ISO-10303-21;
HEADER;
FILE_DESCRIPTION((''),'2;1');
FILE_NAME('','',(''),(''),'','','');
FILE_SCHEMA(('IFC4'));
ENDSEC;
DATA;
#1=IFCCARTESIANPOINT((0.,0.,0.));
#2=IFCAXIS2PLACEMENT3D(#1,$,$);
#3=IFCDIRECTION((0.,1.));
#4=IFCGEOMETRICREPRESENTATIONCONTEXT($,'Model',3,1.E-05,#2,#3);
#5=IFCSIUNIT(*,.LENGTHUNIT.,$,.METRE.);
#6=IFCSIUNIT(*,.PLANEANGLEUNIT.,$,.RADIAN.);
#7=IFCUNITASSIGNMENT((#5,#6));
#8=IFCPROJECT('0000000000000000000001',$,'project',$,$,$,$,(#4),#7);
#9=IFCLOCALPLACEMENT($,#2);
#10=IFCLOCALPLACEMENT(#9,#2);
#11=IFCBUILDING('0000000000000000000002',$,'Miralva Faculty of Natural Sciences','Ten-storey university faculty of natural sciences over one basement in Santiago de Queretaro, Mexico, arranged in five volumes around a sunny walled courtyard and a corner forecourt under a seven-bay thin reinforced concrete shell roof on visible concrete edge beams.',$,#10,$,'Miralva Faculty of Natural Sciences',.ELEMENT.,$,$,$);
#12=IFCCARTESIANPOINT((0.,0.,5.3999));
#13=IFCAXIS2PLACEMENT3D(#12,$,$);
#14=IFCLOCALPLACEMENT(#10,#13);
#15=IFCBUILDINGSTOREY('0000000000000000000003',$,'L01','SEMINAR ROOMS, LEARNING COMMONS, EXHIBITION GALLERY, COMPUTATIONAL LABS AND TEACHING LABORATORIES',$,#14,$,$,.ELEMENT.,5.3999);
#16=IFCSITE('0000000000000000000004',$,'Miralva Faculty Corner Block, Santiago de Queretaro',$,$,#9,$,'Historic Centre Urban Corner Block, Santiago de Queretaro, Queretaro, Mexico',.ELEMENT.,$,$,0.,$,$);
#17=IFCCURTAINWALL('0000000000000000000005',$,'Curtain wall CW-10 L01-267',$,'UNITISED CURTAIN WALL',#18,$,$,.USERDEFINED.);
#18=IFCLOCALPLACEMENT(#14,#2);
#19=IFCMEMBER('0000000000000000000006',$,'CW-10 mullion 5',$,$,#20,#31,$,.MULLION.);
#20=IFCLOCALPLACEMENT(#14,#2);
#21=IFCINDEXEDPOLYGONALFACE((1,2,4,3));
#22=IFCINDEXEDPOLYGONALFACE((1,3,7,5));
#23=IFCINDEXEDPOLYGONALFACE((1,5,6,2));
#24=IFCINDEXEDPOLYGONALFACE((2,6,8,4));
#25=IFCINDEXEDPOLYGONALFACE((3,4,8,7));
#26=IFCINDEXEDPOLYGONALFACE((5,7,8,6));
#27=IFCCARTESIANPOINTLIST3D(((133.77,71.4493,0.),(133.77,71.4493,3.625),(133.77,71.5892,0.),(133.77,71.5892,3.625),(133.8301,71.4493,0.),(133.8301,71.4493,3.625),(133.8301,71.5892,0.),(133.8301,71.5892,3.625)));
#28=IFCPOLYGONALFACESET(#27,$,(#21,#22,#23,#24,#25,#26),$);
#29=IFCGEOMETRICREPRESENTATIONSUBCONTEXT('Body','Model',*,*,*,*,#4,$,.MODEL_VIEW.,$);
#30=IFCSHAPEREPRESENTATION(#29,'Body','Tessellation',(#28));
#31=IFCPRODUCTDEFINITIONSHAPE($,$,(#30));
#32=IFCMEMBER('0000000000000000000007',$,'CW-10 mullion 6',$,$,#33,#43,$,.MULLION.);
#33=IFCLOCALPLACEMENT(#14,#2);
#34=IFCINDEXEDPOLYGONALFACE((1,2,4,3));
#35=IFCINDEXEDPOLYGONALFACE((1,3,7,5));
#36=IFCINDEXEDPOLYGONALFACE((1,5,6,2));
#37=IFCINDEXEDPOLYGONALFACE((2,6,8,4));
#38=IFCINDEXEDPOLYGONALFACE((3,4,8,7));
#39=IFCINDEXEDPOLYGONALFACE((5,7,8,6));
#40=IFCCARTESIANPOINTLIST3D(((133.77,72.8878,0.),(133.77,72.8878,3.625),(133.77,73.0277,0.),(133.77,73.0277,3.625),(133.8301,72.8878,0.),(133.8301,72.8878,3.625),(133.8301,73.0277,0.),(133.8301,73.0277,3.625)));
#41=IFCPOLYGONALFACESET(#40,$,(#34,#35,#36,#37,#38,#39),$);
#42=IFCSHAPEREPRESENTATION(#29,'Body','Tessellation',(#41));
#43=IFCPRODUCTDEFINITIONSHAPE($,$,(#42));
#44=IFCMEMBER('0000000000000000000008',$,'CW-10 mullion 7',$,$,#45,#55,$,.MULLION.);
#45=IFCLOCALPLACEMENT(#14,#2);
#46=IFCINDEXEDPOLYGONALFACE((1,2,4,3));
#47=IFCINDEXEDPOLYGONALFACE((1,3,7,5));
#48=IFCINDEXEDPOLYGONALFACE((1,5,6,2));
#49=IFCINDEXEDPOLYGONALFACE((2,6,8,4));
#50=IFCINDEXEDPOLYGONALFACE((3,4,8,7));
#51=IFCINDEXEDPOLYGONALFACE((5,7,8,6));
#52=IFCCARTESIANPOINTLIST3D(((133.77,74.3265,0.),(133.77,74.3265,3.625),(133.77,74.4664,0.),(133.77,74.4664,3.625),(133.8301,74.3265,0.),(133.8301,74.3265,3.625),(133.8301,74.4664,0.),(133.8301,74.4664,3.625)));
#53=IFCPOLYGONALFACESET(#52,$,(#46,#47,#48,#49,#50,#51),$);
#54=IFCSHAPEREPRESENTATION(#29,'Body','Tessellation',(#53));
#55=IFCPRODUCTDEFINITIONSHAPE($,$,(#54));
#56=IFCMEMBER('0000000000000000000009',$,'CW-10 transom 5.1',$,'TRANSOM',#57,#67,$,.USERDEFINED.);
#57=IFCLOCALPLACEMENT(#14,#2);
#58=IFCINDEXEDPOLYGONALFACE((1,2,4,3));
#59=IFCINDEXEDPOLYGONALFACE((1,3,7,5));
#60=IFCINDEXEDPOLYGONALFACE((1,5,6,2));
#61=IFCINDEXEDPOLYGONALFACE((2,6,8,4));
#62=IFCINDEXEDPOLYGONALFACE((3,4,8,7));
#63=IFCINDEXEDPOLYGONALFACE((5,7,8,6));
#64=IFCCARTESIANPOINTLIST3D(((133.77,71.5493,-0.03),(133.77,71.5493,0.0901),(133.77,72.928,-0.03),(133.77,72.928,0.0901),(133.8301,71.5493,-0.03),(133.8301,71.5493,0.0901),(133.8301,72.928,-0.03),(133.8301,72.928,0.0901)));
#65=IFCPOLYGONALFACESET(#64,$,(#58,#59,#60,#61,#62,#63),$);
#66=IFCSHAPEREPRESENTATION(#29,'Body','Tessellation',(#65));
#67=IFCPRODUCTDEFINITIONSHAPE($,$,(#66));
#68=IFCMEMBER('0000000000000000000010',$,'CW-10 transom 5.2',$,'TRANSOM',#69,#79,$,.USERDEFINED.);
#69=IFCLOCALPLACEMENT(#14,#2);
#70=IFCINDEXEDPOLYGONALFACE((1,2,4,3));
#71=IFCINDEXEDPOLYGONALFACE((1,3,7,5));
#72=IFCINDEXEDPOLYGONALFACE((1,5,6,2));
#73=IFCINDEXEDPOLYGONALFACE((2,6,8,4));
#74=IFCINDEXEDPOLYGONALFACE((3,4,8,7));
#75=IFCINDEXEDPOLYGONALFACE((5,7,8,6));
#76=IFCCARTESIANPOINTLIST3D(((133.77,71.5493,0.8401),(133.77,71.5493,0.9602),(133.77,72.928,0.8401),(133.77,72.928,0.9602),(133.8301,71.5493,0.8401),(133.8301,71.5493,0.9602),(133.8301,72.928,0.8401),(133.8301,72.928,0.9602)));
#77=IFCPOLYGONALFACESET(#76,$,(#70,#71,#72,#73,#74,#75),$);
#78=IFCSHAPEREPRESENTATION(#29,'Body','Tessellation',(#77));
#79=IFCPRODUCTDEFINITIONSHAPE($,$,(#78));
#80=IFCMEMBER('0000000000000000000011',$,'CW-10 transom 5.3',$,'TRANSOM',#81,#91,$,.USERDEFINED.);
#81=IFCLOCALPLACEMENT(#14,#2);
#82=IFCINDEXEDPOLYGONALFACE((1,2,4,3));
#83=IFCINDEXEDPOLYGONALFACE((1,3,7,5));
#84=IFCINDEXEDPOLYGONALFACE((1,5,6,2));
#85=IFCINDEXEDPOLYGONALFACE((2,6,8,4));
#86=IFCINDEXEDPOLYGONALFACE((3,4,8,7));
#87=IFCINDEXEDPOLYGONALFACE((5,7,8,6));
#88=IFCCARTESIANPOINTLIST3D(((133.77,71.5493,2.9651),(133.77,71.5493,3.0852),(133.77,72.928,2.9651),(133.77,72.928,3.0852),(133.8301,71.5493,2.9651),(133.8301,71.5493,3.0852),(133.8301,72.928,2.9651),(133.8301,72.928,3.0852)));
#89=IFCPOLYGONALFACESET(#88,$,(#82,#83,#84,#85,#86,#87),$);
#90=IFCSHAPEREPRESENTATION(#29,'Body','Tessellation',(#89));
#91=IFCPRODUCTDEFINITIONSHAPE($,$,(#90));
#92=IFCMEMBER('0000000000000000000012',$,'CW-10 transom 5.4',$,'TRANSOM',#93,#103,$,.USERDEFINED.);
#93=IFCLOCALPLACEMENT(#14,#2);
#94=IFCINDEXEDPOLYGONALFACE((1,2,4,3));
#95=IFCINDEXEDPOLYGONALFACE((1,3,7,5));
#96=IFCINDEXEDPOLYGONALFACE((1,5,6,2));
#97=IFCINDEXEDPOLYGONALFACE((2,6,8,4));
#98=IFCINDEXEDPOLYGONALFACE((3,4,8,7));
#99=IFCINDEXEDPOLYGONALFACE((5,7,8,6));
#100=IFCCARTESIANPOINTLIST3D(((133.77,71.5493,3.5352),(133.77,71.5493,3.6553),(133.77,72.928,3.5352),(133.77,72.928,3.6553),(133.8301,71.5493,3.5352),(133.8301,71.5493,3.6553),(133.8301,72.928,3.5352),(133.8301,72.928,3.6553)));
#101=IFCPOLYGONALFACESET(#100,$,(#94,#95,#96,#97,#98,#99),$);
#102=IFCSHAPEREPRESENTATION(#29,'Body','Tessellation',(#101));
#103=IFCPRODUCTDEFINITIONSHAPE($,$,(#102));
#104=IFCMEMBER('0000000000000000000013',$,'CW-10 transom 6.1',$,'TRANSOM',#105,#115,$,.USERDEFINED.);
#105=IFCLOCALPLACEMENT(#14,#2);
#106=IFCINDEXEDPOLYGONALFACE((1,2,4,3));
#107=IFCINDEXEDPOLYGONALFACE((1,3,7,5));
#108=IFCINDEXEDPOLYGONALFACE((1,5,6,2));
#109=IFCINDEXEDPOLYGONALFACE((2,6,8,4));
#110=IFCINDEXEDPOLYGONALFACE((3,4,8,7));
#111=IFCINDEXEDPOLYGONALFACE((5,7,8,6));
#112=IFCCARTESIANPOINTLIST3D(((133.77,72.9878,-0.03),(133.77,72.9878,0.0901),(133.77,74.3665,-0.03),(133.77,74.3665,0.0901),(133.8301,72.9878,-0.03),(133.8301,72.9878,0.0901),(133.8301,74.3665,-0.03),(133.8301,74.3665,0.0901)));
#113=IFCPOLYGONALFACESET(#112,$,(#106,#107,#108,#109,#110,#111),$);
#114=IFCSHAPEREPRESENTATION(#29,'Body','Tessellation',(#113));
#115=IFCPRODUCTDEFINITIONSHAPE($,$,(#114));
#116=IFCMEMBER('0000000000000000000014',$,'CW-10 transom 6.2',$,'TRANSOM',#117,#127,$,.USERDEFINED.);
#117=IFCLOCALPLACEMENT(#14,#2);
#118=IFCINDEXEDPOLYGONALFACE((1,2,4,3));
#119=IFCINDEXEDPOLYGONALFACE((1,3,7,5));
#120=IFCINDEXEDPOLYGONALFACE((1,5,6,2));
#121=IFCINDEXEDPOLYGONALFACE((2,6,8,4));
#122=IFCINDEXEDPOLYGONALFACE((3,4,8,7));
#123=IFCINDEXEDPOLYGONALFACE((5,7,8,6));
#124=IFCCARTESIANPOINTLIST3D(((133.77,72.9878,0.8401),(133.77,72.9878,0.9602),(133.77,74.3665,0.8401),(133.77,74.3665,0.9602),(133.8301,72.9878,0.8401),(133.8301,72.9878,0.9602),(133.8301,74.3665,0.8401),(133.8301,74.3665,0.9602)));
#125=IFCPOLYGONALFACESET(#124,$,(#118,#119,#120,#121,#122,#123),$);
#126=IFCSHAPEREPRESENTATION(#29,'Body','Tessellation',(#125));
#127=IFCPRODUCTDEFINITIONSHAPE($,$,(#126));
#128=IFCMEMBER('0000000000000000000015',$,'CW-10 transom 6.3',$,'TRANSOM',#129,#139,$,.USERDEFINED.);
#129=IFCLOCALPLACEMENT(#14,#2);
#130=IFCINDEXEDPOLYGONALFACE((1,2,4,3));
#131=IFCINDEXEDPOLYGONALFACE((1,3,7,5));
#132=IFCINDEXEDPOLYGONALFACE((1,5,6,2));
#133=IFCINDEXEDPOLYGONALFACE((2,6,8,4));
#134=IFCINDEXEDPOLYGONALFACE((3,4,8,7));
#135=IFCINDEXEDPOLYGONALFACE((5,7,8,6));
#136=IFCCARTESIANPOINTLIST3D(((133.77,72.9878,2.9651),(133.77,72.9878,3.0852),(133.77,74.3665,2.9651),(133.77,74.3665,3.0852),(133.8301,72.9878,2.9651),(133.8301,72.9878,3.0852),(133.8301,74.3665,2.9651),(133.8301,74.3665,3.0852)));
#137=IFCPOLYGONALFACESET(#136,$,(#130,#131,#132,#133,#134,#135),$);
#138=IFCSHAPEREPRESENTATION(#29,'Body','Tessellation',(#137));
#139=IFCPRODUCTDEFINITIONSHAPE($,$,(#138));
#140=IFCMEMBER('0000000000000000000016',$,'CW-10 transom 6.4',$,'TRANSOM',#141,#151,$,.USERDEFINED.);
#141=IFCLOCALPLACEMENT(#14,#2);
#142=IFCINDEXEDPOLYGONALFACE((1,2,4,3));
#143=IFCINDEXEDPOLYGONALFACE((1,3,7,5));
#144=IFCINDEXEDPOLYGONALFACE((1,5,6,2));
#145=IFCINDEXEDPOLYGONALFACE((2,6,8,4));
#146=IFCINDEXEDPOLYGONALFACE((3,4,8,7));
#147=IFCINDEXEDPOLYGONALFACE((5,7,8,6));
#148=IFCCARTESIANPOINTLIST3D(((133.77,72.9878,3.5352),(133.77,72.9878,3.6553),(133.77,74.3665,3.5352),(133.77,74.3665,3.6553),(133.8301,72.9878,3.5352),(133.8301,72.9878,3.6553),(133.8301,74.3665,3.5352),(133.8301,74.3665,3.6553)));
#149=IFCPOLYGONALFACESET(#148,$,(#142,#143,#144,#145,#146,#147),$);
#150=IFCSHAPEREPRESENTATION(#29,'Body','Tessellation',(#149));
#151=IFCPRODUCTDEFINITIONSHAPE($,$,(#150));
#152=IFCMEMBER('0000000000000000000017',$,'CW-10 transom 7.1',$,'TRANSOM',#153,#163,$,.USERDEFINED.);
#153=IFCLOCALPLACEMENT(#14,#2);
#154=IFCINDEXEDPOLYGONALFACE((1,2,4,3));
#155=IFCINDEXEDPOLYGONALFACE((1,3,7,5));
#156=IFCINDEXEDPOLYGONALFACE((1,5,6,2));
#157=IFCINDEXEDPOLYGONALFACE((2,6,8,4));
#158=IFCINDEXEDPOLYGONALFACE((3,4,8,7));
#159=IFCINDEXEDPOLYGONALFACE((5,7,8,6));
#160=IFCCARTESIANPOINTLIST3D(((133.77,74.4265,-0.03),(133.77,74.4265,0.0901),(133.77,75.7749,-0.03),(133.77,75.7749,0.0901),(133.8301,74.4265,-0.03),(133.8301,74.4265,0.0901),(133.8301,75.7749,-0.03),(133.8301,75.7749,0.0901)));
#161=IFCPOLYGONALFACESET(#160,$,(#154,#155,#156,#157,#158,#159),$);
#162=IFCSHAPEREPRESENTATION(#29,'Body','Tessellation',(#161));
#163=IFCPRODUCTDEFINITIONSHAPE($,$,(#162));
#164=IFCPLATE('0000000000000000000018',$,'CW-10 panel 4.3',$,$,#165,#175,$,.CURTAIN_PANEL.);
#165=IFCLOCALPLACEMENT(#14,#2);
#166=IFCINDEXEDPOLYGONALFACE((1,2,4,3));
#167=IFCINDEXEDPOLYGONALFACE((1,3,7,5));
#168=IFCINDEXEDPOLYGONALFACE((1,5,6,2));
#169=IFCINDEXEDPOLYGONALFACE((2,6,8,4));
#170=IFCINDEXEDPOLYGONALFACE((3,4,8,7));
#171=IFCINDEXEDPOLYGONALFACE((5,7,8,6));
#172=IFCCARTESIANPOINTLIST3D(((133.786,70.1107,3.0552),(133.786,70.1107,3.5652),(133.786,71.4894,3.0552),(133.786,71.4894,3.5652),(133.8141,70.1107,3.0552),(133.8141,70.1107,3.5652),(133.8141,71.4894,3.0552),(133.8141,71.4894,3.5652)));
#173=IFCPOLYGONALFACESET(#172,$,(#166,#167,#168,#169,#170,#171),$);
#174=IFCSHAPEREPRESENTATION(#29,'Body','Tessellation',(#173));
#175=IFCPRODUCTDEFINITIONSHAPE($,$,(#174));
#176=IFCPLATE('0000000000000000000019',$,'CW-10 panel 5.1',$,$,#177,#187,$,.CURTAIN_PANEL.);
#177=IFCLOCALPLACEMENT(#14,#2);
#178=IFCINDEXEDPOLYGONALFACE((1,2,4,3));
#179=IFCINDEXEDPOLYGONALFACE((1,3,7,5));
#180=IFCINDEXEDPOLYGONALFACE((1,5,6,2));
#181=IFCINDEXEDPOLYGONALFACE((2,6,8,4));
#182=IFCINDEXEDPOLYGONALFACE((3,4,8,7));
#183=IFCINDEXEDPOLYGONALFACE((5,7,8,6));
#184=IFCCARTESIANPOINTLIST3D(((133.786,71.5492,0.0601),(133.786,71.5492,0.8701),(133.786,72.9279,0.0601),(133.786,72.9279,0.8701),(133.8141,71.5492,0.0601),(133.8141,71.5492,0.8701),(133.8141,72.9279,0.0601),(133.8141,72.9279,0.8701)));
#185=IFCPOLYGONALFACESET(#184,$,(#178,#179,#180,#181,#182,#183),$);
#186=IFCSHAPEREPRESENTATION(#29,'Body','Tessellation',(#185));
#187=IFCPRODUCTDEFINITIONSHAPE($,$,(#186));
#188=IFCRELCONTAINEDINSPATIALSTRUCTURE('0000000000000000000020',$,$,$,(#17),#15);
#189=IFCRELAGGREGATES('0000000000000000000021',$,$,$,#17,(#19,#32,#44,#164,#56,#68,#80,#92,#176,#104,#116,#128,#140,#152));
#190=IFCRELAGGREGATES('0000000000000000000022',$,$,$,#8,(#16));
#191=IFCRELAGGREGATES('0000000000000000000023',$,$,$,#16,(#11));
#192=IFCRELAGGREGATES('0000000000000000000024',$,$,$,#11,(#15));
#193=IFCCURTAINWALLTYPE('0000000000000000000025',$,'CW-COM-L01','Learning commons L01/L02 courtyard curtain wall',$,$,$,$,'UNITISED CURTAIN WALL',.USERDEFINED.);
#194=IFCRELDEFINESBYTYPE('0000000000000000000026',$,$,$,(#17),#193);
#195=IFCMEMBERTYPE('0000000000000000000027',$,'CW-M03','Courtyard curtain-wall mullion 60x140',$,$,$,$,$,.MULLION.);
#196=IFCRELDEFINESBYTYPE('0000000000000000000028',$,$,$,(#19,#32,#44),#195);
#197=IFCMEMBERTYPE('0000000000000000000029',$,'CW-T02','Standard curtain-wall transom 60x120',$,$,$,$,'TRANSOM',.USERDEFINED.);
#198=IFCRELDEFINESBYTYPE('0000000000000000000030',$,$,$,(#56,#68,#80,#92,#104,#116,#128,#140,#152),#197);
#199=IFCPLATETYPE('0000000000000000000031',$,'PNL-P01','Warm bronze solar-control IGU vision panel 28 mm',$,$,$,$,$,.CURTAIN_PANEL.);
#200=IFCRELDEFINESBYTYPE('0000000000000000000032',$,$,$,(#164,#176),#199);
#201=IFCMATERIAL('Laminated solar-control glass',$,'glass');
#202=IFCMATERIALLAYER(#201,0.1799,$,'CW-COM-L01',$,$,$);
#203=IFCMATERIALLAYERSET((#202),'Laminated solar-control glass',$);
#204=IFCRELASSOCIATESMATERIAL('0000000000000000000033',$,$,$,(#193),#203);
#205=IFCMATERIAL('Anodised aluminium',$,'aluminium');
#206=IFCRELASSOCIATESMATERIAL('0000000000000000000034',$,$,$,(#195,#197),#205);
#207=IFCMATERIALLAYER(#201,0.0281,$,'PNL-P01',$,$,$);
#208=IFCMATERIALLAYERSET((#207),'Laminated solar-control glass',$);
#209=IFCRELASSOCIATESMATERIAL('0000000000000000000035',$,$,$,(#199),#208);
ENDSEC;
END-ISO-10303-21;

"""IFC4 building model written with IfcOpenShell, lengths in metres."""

from ifc_helpers import new_model, si_unit, direction, frame, origin, origin_2d, place, context, subcontext, project, spatial, rectangle, extrude, material, layer, layer_set, material_profile, profile_set, type_object, element, aggregate, save


model = new_model("IFC4")

# Units and contexts
model_context = context("Model", 3, precision=1e-05, world=origin(), true_north=direction((0.0, 1.0)))
body_context = subcontext(model_context, "Body", "Model", "MODEL_VIEW")
ifc_project = project(units=[si_unit("LENGTHUNIT", "METRE"), si_unit("PLANEANGLEUNIT", "RADIAN")], contexts=[model_context])

# Site, building, storey
site_placement = place(None, origin())
site = spatial("IfcSite", under=ifc_project, at=site_placement, Name="Miralva Faculty Corner Block, Santiago de Queretaro", LongName="Historic Centre Urban Corner Block, Santiago de Queretaro, Queretaro, Mexico", CompositionType="ELEMENT", RefElevation=0.0)
building_placement = place(site_placement, origin())
building = spatial("IfcBuilding", under=site, at=building_placement, Name="Miralva Faculty of Natural Sciences", Description="Ten-storey university faculty of natural sciences over one basement in Santiago de Queretaro, Mexico, arranged in five volumes around a sunny walled courtyard and a corner forecourt under a seven-bay thin reinforced concrete shell roof on visible concrete edge beams.", LongName="Miralva Faculty of Natural Sciences", CompositionType="ELEMENT")
storey_placement = place(building_placement, frame((0.0, 0.0, 5.3999)))
storey = spatial("IfcBuildingStorey", under=building, at=storey_placement, Name="L01", Description="SEMINAR ROOMS, LEARNING COMMONS, EXHIBITION GALLERY, COMPUTATIONAL LABS AND TEACHING LABORATORIES", CompositionType="ELEMENT", Elevation=5.3999)

# Curtain wall, members, plates
ifc_material_1 = material(Name="Laminated solar-control glass", Category="glass")
ifc_layer_1 = layer(ifc_material_1, 0.1799, Name="CW-COM-L01")
ifc_layer_set_1 = layer_set([ifc_layer_1], Name="Laminated solar-control glass")
curtain_wall_type = type_object("IfcCurtainWallType", Name="CW-COM-L01", Description="Learning commons L01/L02 courtyard curtain wall", ElementType="UNITISED CURTAIN WALL", PredefinedType="USERDEFINED", material=ifc_layer_set_1)
curtain_wall_placement = place(storey_placement, origin())
curtain_wall = element("IfcCurtainWall", 1, at=curtain_wall_placement, inside=storey, type_object=curtain_wall_type, Name="Curtain wall CW-10 L01-267", ObjectType="UNITISED CURTAIN WALL", PredefinedType="USERDEFINED")
ifc_material_2 = material(Name="Anodised aluminium", Category="aluminium")
ifc_material_profile_1 = material_profile(ifc_material_2, rectangle(XDim=0.0601, YDim=0.1399, at=origin_2d()), Name="MULLION 60x140")
ifc_profile_set_1 = profile_set([ifc_material_profile_1], Name="Anodised aluminium")
member_type_1 = type_object("IfcMemberType", Name="CW-M03", Description="Courtyard curtain-wall mullion 60x140", PredefinedType="MULLION", material=ifc_profile_set_1)
member_1_placement = place(storey_placement, frame((133.8, 71.5193, 0.0), z_axis=(0.0, 0.0, 1.0), x_axis=(-1.0, 0.0, 0.0)))
member_1 = element("IfcMember", 2, at=member_1_placement, type_object=member_type_1, Name="CW-10 mullion 5", PredefinedType="MULLION", context=body_context, shape_type="SweptSolid", body=[
    extrude(rectangle(XDim=0.0601, YDim=0.1399, at=origin_2d()), origin(), (0.0, 0.0, 1.0), 3.625),
])
member_2_placement = place(storey_placement, frame((133.8, 72.9578, 0.0), z_axis=(0.0, 0.0, 1.0), x_axis=(-1.0, 0.0, 0.0)))
member_2 = element("IfcMember", 3, at=member_2_placement, type_object=member_type_1, Name="CW-10 mullion 6", PredefinedType="MULLION", context=body_context, shape_type="SweptSolid", body=[
    extrude(rectangle(XDim=0.0601, YDim=0.1399, at=origin_2d()), origin(), (0.0, 0.0, 1.0), 3.625),
])
member_3_placement = place(storey_placement, frame((133.8, 74.3965, 0.0), z_axis=(0.0, 0.0, 1.0), x_axis=(-1.0, 0.0, 0.0)))
member_3 = element("IfcMember", 4, at=member_3_placement, type_object=member_type_1, Name="CW-10 mullion 7", PredefinedType="MULLION", context=body_context, shape_type="SweptSolid", body=[
    extrude(rectangle(XDim=0.0601, YDim=0.1399, at=origin_2d()), origin(), (0.0, 0.0, 1.0), 3.625),
])
ifc_material_profile_2 = material_profile(ifc_material_2, rectangle(XDim=0.0601, YDim=0.1201, at=origin_2d()), Name="TRANSOM 60x120")
ifc_profile_set_2 = profile_set([ifc_material_profile_2], Name="Anodised aluminium")
member_type_2 = type_object("IfcMemberType", Name="CW-T02", Description="Standard curtain-wall transom 60x120", ElementType="TRANSOM", PredefinedType="USERDEFINED", material=ifc_profile_set_2)
member_4_placement = place(storey_placement, frame((133.8, 71.5493, 0.03), z_axis=(0.0, 1.0, 0.0), x_axis=(-1.0, 0.0, 0.0)))
member_4 = element("IfcMember", 5, at=member_4_placement, type_object=member_type_2, Name="CW-10 transom 5.1", ObjectType="TRANSOM", PredefinedType="USERDEFINED", context=body_context, shape_type="SweptSolid", body=[
    extrude(rectangle(XDim=0.0601, YDim=0.1201, at=origin_2d()), origin(), (0.0, 0.0, 1.0), 1.3787),
])
member_5_placement = place(storey_placement, frame((133.8, 71.5493, 0.9001), z_axis=(0.0, 1.0, 0.0), x_axis=(-1.0, 0.0, 0.0)))
member_5 = element("IfcMember", 6, at=member_5_placement, type_object=member_type_2, Name="CW-10 transom 5.2", ObjectType="TRANSOM", PredefinedType="USERDEFINED", context=body_context, shape_type="SweptSolid", body=[
    extrude(rectangle(XDim=0.0601, YDim=0.1201, at=origin_2d()), origin(), (0.0, 0.0, 1.0), 1.3787),
])
member_6_placement = place(storey_placement, frame((133.8, 71.5493, 3.0251), z_axis=(0.0, 1.0, 0.0), x_axis=(-1.0, 0.0, 0.0)))
member_6 = element("IfcMember", 7, at=member_6_placement, type_object=member_type_2, Name="CW-10 transom 5.3", ObjectType="TRANSOM", PredefinedType="USERDEFINED", context=body_context, shape_type="SweptSolid", body=[
    extrude(rectangle(XDim=0.0601, YDim=0.1201, at=origin_2d()), origin(), (0.0, 0.0, 1.0), 1.3787),
])
member_7_placement = place(storey_placement, frame((133.8, 71.5493, 3.5952), z_axis=(0.0, 1.0, 0.0), x_axis=(-1.0, 0.0, 0.0)))
member_7 = element("IfcMember", 8, at=member_7_placement, type_object=member_type_2, Name="CW-10 transom 5.4", ObjectType="TRANSOM", PredefinedType="USERDEFINED", context=body_context, shape_type="SweptSolid", body=[
    extrude(rectangle(XDim=0.0601, YDim=0.1201, at=origin_2d()), origin(), (0.0, 0.0, 1.0), 1.3787),
])
member_8_placement = place(storey_placement, frame((133.8, 72.9878, 0.03), z_axis=(0.0, 1.0, 0.0), x_axis=(-1.0, 0.0, 0.0)))
member_8 = element("IfcMember", 9, at=member_8_placement, type_object=member_type_2, Name="CW-10 transom 6.1", ObjectType="TRANSOM", PredefinedType="USERDEFINED", context=body_context, shape_type="SweptSolid", body=[
    extrude(rectangle(XDim=0.0601, YDim=0.1201, at=origin_2d()), origin(), (0.0, 0.0, 1.0), 1.3787),
])
member_9_placement = place(storey_placement, frame((133.8, 72.9878, 0.9001), z_axis=(0.0, 1.0, 0.0), x_axis=(-1.0, 0.0, 0.0)))
member_9 = element("IfcMember", 10, at=member_9_placement, type_object=member_type_2, Name="CW-10 transom 6.2", ObjectType="TRANSOM", PredefinedType="USERDEFINED", context=body_context, shape_type="SweptSolid", body=[
    extrude(rectangle(XDim=0.0601, YDim=0.1201, at=origin_2d()), origin(), (0.0, 0.0, 1.0), 1.3787),
])
member_10_placement = place(storey_placement, frame((133.8, 72.9878, 3.0251), z_axis=(0.0, 1.0, 0.0), x_axis=(-1.0, 0.0, 0.0)))
member_10 = element("IfcMember", 11, at=member_10_placement, type_object=member_type_2, Name="CW-10 transom 6.3", ObjectType="TRANSOM", PredefinedType="USERDEFINED", context=body_context, shape_type="SweptSolid", body=[
    extrude(rectangle(XDim=0.0601, YDim=0.1201, at=origin_2d()), origin(), (0.0, 0.0, 1.0), 1.3787),
])
member_11_placement = place(storey_placement, frame((133.8, 72.9878, 3.5952), z_axis=(0.0, 1.0, 0.0), x_axis=(-1.0, 0.0, 0.0)))
member_11 = element("IfcMember", 12, at=member_11_placement, type_object=member_type_2, Name="CW-10 transom 6.4", ObjectType="TRANSOM", PredefinedType="USERDEFINED", context=body_context, shape_type="SweptSolid", body=[
    extrude(rectangle(XDim=0.0601, YDim=0.1201, at=origin_2d()), origin(), (0.0, 0.0, 1.0), 1.3787),
])
member_12_placement = place(storey_placement, frame((133.8, 74.4265, 0.03), z_axis=(0.0, 1.0, 0.0), x_axis=(-1.0, 0.0, 0.0)))
member_12 = element("IfcMember", 13, at=member_12_placement, type_object=member_type_2, Name="CW-10 transom 7.1", ObjectType="TRANSOM", PredefinedType="USERDEFINED", context=body_context, shape_type="SweptSolid", body=[
    extrude(rectangle(XDim=0.0601, YDim=0.1201, at=origin_2d()), origin(), (0.0, 0.0, 1.0), 1.3484),
])
ifc_layer_2 = layer(ifc_material_1, 0.0281, Name="PNL-P01")
ifc_layer_set_2 = layer_set([ifc_layer_2], Name="Laminated solar-control glass")
plate_type = type_object("IfcPlateType", Name="PNL-P01", Description="Warm bronze solar-control IGU vision panel 28 mm", PredefinedType="CURTAIN_PANEL", material=ifc_layer_set_2)
plate_1_placement = place(storey_placement, frame((133.8, 70.8, 3.0552), z_axis=(0.0, 0.0, 1.0), x_axis=(0.0, 1.0, 0.0)))
plate_1 = element("IfcPlate", 14, at=plate_1_placement, type_object=plate_type, Name="CW-10 panel 4.3", PredefinedType="CURTAIN_PANEL", context=body_context, shape_type="SweptSolid", body=[
    extrude(rectangle(XDim=1.3787, YDim=0.0281, at=origin_2d()), origin(), (0.0, 0.0, 1.0), 0.51),
])
plate_2_placement = place(storey_placement, frame((133.8, 72.2385, 0.0601), z_axis=(0.0, 0.0, 1.0), x_axis=(0.0, 1.0, 0.0)))
plate_2 = element("IfcPlate", 15, at=plate_2_placement, type_object=plate_type, Name="CW-10 panel 5.1", PredefinedType="CURTAIN_PANEL", context=body_context, shape_type="SweptSolid", body=[
    extrude(rectangle(XDim=1.3787, YDim=0.0281, at=origin_2d()), origin(), (0.0, 0.0, 1.0), 0.8101),
])
aggregate(curtain_wall, [member_1, member_2, member_3, plate_1, member_4, member_5, member_6, member_7, plate_2, member_8, member_9, member_10, member_11, member_12])

save(model, "model.ifc")
